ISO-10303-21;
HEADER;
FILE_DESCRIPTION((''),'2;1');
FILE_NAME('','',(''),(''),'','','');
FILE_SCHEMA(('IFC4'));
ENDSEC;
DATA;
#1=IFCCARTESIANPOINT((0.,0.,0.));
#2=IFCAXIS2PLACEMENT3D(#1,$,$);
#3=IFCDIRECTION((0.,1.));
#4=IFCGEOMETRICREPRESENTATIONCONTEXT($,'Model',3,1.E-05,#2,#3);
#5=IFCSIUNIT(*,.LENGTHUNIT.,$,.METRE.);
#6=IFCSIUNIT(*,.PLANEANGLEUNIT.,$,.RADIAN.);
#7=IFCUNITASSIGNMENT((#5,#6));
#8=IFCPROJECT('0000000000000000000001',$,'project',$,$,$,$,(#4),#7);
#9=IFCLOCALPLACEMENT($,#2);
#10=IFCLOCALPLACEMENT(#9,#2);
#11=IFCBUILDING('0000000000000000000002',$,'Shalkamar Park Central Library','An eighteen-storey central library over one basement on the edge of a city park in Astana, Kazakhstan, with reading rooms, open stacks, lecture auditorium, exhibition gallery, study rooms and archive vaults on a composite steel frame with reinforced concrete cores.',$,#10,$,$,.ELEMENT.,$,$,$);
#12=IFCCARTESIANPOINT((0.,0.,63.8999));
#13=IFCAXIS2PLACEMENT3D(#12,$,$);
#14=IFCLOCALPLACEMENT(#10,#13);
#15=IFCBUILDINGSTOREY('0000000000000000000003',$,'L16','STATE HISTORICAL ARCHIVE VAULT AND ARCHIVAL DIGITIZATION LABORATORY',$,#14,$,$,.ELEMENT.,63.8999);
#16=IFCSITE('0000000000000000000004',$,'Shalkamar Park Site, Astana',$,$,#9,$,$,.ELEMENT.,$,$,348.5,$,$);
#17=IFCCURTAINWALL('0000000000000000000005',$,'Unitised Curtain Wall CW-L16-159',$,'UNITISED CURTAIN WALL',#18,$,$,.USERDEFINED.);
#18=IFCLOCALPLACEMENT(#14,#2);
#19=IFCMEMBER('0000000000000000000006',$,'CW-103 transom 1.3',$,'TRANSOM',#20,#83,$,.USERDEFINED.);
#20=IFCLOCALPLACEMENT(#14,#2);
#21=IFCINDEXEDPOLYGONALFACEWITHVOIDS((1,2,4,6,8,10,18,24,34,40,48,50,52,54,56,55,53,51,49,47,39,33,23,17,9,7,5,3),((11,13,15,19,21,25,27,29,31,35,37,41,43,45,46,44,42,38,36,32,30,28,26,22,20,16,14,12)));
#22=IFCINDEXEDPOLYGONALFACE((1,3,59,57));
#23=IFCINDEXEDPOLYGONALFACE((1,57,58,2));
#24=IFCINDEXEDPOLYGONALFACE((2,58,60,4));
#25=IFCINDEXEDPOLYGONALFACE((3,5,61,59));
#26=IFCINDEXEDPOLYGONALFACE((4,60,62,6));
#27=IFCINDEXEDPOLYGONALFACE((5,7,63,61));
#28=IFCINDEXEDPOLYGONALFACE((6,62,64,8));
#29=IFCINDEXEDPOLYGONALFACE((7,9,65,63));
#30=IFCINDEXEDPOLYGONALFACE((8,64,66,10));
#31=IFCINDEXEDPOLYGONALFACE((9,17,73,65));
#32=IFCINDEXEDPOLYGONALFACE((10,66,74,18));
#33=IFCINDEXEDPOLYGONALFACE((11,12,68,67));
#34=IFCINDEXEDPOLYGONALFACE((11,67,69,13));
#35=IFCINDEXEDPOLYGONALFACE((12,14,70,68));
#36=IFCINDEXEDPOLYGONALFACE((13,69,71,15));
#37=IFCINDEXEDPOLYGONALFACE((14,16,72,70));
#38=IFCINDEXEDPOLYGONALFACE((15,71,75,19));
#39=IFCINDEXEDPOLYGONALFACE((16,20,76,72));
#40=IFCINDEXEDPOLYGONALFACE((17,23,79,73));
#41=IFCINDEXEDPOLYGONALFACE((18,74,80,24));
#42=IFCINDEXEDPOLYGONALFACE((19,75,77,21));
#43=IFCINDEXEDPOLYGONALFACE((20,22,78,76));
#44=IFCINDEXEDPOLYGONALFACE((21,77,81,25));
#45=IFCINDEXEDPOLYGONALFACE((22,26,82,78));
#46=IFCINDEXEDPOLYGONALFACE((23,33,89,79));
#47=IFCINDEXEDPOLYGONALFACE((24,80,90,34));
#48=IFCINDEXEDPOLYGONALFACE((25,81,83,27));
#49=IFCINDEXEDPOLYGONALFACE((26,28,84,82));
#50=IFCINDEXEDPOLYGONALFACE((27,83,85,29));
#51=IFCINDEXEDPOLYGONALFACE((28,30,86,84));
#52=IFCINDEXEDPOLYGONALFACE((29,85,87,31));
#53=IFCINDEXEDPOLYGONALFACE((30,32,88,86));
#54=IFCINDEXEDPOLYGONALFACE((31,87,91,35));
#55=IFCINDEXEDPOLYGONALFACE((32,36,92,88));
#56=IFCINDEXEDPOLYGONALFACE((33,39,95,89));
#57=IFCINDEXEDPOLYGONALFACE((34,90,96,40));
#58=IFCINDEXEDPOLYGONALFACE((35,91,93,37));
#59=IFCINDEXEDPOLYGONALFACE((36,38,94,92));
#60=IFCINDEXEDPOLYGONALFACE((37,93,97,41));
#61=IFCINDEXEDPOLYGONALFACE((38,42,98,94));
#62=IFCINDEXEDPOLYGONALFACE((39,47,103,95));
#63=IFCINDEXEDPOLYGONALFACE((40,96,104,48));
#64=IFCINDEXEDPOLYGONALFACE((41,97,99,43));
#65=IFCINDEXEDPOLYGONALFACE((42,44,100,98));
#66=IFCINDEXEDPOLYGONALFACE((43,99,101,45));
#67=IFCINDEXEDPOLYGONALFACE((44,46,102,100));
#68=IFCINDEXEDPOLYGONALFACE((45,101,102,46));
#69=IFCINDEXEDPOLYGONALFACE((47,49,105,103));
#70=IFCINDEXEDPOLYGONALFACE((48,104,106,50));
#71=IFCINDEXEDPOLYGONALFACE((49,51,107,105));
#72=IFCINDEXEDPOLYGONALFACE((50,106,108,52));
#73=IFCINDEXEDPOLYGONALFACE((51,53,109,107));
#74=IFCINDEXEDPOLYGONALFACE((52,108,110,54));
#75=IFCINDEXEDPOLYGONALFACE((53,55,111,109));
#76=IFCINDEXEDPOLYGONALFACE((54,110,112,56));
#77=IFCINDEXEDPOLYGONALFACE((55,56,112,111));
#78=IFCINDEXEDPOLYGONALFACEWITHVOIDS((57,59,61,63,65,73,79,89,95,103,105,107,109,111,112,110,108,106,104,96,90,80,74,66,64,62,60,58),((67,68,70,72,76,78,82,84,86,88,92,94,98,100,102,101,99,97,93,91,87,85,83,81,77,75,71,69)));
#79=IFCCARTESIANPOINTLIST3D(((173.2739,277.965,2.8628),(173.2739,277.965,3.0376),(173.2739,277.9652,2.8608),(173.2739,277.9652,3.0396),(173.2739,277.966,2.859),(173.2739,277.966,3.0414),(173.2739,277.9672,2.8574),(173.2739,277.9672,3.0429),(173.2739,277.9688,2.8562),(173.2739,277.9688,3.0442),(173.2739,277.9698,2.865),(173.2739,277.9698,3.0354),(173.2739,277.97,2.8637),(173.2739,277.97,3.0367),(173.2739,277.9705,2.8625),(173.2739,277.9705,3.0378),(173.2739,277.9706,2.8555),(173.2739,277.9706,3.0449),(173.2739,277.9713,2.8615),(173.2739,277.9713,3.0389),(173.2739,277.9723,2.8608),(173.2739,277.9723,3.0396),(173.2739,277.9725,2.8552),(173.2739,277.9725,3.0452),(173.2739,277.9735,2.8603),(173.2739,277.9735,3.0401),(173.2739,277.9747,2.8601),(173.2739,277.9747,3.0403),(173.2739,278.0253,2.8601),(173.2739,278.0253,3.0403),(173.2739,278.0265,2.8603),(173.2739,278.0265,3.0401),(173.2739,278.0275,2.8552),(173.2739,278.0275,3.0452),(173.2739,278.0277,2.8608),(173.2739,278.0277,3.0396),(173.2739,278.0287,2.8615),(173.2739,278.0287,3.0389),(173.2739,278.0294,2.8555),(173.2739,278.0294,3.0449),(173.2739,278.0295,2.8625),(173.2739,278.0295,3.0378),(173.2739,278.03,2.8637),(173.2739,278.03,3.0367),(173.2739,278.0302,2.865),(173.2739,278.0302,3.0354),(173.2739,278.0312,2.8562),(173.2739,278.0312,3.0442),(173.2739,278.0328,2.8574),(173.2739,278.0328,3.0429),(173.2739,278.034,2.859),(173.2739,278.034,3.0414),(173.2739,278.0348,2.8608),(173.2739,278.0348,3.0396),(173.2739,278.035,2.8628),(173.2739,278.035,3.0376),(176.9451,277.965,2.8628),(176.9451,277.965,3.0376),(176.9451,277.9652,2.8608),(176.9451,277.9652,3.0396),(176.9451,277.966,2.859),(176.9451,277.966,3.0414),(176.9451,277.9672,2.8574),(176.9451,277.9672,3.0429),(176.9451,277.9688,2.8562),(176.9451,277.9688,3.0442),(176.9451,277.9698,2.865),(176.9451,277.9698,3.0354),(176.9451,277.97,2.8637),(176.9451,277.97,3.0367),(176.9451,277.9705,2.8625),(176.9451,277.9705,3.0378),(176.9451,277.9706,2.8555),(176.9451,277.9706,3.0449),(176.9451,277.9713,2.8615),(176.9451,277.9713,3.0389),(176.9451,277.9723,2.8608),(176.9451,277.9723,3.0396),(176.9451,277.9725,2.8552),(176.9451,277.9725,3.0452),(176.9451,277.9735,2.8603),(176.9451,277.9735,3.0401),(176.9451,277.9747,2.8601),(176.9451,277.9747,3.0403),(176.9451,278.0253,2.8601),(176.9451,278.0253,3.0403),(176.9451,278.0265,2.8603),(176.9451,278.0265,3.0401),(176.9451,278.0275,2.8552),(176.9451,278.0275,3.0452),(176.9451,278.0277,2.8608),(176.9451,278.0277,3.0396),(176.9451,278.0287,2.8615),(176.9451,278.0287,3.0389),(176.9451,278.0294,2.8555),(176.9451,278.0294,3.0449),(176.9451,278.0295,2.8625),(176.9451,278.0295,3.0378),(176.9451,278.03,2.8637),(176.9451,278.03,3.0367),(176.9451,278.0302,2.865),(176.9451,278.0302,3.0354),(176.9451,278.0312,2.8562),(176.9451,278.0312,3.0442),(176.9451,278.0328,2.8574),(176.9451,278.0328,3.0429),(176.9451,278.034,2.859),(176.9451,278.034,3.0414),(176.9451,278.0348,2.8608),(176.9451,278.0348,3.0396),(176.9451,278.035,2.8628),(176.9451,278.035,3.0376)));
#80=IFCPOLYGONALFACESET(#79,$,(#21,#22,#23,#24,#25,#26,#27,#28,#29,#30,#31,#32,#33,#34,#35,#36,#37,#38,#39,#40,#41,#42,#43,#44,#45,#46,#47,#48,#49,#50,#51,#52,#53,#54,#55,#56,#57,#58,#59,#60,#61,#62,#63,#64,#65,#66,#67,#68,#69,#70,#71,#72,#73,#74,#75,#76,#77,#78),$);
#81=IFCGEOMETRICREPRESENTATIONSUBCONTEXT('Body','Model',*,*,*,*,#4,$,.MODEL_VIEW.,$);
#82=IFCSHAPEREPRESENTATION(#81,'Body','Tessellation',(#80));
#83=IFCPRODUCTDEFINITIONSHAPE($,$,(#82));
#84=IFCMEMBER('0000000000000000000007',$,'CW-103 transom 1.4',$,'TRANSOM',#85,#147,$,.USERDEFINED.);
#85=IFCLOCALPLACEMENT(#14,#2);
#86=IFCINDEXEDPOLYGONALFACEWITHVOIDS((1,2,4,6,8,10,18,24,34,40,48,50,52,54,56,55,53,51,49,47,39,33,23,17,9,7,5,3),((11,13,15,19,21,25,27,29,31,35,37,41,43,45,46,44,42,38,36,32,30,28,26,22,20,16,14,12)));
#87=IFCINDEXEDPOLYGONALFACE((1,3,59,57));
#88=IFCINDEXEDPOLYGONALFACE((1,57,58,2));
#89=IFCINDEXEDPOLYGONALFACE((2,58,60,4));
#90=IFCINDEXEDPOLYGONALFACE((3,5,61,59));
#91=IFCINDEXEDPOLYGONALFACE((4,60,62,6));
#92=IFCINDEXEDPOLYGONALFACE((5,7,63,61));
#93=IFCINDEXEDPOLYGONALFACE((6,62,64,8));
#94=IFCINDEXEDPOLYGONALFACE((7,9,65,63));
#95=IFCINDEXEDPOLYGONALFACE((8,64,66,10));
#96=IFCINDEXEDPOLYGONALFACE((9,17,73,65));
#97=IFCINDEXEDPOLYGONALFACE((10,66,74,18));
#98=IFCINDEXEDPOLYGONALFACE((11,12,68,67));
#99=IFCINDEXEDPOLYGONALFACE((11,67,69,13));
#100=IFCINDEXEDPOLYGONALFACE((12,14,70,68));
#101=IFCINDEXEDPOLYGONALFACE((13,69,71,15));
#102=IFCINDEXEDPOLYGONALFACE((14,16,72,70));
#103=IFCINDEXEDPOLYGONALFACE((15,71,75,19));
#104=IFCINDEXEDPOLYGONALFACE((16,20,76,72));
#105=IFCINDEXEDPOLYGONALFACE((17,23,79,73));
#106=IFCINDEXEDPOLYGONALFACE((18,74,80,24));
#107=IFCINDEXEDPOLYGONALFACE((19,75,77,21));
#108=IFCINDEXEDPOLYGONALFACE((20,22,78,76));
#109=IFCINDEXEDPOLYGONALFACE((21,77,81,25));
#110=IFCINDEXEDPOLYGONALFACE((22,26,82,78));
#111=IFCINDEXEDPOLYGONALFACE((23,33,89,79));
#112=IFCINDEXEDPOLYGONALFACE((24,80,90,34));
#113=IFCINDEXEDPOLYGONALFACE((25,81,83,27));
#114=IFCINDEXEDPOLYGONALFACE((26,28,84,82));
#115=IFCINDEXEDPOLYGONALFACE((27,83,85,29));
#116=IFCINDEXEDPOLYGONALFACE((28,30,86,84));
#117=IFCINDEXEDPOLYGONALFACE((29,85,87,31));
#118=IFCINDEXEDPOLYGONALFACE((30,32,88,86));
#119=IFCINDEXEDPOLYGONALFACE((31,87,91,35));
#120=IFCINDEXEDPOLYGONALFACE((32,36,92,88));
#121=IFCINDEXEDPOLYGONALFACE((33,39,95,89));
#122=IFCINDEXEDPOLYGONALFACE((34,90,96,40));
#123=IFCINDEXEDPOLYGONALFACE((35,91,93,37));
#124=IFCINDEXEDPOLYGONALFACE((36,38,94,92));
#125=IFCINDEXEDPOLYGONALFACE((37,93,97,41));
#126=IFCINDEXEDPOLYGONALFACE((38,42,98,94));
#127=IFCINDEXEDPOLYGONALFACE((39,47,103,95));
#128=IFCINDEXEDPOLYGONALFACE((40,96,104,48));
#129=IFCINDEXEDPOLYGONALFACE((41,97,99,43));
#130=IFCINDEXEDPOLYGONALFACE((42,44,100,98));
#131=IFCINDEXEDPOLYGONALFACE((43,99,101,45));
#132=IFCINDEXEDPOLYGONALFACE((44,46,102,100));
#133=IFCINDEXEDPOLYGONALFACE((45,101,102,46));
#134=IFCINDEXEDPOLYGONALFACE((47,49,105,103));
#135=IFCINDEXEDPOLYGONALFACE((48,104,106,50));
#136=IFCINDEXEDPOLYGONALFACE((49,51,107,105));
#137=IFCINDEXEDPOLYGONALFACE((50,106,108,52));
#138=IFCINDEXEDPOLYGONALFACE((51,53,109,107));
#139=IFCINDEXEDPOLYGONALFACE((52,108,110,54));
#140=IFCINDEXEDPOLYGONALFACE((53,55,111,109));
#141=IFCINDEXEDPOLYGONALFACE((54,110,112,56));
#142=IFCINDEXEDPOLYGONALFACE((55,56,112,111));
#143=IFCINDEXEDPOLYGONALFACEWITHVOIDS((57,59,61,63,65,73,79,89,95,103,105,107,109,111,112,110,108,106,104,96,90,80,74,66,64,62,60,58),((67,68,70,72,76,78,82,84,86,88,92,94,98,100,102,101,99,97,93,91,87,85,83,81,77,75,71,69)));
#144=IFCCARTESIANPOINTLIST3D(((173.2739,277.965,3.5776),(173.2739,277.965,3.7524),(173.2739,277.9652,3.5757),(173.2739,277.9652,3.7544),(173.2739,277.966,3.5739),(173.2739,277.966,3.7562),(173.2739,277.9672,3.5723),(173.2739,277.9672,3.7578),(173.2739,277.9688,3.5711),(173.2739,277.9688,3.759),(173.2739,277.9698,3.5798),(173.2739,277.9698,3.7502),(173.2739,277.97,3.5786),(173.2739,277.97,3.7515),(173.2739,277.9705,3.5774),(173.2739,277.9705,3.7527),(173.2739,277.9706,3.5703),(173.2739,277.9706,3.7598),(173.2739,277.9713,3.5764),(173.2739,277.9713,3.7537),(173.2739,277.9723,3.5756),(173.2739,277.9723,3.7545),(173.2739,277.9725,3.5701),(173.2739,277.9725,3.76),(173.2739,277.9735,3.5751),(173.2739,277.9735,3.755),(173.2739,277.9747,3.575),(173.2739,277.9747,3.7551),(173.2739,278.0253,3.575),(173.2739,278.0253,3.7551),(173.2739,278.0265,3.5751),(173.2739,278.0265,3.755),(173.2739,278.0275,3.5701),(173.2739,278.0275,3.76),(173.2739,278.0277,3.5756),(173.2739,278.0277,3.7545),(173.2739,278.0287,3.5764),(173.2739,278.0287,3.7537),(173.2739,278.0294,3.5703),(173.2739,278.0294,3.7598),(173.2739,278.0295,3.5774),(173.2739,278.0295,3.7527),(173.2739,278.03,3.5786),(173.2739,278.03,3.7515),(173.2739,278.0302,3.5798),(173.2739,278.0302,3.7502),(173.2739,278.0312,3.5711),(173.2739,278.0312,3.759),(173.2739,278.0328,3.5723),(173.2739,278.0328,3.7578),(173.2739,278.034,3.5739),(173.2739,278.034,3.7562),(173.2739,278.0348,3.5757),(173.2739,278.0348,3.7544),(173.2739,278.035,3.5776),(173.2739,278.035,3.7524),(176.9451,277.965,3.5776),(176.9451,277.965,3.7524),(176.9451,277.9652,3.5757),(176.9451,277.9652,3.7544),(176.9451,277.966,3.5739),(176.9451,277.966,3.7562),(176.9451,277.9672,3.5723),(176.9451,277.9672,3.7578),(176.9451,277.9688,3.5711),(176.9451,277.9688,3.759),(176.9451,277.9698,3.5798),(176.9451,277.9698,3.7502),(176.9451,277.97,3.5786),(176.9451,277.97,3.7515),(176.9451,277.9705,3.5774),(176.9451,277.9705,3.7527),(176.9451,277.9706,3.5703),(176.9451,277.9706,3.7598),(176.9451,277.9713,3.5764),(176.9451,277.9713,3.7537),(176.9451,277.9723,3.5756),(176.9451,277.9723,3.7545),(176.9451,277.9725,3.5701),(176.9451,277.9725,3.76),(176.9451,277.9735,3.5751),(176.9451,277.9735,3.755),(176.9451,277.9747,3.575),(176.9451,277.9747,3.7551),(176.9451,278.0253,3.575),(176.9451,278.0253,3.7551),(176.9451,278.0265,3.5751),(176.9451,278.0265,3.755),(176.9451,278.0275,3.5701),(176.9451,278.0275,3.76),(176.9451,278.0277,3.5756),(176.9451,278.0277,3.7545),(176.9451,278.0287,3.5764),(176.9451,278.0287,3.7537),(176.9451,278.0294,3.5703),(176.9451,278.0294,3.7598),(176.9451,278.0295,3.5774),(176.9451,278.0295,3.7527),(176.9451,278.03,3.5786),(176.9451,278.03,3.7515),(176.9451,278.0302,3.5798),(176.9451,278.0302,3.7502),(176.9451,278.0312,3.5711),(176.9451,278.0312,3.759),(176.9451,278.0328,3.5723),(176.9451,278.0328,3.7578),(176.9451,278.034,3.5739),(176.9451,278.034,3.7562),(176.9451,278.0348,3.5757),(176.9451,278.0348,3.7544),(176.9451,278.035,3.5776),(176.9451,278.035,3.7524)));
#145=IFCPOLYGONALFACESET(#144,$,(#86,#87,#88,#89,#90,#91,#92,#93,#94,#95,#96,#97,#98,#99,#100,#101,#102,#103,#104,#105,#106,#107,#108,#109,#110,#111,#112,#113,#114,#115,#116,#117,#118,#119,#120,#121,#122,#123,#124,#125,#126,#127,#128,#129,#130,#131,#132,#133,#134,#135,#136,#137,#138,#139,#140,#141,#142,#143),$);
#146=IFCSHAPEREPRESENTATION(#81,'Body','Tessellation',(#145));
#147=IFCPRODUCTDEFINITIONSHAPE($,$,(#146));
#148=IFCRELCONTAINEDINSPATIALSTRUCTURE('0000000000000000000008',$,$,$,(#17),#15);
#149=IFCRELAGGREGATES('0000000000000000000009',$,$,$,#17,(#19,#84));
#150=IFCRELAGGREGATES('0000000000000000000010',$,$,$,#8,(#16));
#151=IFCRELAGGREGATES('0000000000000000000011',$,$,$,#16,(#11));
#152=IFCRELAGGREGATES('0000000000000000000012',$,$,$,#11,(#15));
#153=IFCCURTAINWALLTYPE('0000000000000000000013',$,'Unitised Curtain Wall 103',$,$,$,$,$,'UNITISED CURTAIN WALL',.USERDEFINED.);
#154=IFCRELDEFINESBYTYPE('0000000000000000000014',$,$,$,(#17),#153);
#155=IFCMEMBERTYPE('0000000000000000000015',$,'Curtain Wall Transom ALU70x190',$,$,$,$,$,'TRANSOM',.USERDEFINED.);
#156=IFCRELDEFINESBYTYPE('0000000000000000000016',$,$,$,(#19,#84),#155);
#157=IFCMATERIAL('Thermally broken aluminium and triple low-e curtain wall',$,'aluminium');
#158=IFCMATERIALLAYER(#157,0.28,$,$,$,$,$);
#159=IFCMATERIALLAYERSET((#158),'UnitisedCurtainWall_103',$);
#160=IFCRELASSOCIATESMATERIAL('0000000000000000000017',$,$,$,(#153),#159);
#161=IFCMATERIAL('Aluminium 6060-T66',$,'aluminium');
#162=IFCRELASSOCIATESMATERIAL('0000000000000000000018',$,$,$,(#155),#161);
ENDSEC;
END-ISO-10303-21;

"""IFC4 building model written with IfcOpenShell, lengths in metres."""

from ifc_helpers import new_model, si_unit, direction, frame, origin, origin_2d, place, context, subcontext, project, spatial, hollow_rectangle, extrude, material, layer, layer_set, material_profile, profile_set, type_object, element, aggregate, save


model = new_model("IFC4")

# Units and contexts
model_context = context("Model", 3, precision=1e-05, world=origin(), true_north=direction((0.0, 1.0)))
body_context = subcontext(model_context, "Body", "Model", "MODEL_VIEW")
ifc_project = project(units=[si_unit("LENGTHUNIT", "METRE"), si_unit("PLANEANGLEUNIT", "RADIAN")], contexts=[model_context])

# Site, building, storey
site_placement = place(None, origin())
site = spatial("IfcSite", under=ifc_project, at=site_placement, Name="Shalkamar Park Site, Astana", CompositionType="ELEMENT", RefElevation=348.5)
building_placement = place(site_placement, origin())
building = spatial("IfcBuilding", under=site, at=building_placement, Name="Shalkamar Park Central Library", Description="An eighteen-storey central library over one basement on the edge of a city park in Astana, Kazakhstan, with reading rooms, open stacks, lecture auditorium, exhibition gallery, study rooms and archive vaults on a composite steel frame with reinforced concrete cores.", CompositionType="ELEMENT")
storey_placement = place(building_placement, frame((0.0, 0.0, 63.8999)))
storey = spatial("IfcBuildingStorey", under=building, at=storey_placement, Name="L16", Description="STATE HISTORICAL ARCHIVE VAULT AND ARCHIVAL DIGITIZATION LABORATORY", CompositionType="ELEMENT", Elevation=63.8999)

# Curtain wall
ifc_material_1 = material(Name="Thermally broken aluminium and triple low-e curtain wall", Category="aluminium")
ifc_material_2 = material(Name="Aluminium 6060-T66", Category="aluminium")
ifc_layer_1 = layer(ifc_material_1, 0.28)
ifc_layer_set_1 = layer_set([ifc_layer_1], Name="UnitisedCurtainWall_103")
curtain_wall_type_1 = type_object("IfcCurtainWallType", Name="Unitised Curtain Wall 103", ElementType="UNITISED CURTAIN WALL", PredefinedType="USERDEFINED", material=ifc_layer_set_1)
curtain_wall_1_placement = place(storey_placement, origin())
curtain_wall_1 = element("IfcCurtainWall", 1, at=curtain_wall_1_placement, inside=storey, type_object=curtain_wall_type_1, Name="Unitised Curtain Wall CW-L16-159", ObjectType="UNITISED CURTAIN WALL", PredefinedType="USERDEFINED")

# Members
ifc_material_profile_1 = material_profile(ifc_material_2, hollow_rectangle(XDim=0.0701, YDim=0.1899, WallThickness=0.0049, InnerFilletRadius=0.0049, OuterFilletRadius=0.0076, at=origin_2d()), Name="ALU 70x190x5")
ifc_profile_set_1 = profile_set([ifc_material_profile_1], Name="Aluminium 6060-T66")
member_type_1 = type_object("IfcMemberType", Name="Curtain Wall Transom ALU70x190", ElementType="TRANSOM", PredefinedType="USERDEFINED", material=ifc_profile_set_1)
member_1_placement = place(storey_placement, frame((173.2739, 278.0, 2.9502), z_axis=(1.0, 0.0, 0.0), x_axis=(0.0, 1.0, 0.0)))
member_1 = element("IfcMember", 2, at=member_1_placement, type_object=member_type_1, Name="CW-103 transom 1.3", ObjectType="TRANSOM", PredefinedType="USERDEFINED", context=body_context, shape_type="SweptSolid", body=[
    extrude(hollow_rectangle(XDim=0.0701, YDim=0.1899, WallThickness=0.0049, InnerFilletRadius=0.0049, OuterFilletRadius=0.0076, at=origin_2d()), origin(), (0.0, 0.0, 1.0), 3.6711),
])
member_2_placement = place(storey_placement, frame((173.2739, 278.0, 3.665), z_axis=(1.0, 0.0, 0.0), x_axis=(0.0, 1.0, 0.0)))
member_2 = element("IfcMember", 3, at=member_2_placement, type_object=member_type_1, Name="CW-103 transom 1.4", ObjectType="TRANSOM", PredefinedType="USERDEFINED", context=body_context, shape_type="SweptSolid", body=[
    extrude(hollow_rectangle(XDim=0.0701, YDim=0.1899, WallThickness=0.0049, InnerFilletRadius=0.0049, OuterFilletRadius=0.0076, at=origin_2d()), origin(), (0.0, 0.0, 1.0), 3.6711),
])

aggregate(curtain_wall_1, [member_1, member_2])

save(model, "model.ifc")
